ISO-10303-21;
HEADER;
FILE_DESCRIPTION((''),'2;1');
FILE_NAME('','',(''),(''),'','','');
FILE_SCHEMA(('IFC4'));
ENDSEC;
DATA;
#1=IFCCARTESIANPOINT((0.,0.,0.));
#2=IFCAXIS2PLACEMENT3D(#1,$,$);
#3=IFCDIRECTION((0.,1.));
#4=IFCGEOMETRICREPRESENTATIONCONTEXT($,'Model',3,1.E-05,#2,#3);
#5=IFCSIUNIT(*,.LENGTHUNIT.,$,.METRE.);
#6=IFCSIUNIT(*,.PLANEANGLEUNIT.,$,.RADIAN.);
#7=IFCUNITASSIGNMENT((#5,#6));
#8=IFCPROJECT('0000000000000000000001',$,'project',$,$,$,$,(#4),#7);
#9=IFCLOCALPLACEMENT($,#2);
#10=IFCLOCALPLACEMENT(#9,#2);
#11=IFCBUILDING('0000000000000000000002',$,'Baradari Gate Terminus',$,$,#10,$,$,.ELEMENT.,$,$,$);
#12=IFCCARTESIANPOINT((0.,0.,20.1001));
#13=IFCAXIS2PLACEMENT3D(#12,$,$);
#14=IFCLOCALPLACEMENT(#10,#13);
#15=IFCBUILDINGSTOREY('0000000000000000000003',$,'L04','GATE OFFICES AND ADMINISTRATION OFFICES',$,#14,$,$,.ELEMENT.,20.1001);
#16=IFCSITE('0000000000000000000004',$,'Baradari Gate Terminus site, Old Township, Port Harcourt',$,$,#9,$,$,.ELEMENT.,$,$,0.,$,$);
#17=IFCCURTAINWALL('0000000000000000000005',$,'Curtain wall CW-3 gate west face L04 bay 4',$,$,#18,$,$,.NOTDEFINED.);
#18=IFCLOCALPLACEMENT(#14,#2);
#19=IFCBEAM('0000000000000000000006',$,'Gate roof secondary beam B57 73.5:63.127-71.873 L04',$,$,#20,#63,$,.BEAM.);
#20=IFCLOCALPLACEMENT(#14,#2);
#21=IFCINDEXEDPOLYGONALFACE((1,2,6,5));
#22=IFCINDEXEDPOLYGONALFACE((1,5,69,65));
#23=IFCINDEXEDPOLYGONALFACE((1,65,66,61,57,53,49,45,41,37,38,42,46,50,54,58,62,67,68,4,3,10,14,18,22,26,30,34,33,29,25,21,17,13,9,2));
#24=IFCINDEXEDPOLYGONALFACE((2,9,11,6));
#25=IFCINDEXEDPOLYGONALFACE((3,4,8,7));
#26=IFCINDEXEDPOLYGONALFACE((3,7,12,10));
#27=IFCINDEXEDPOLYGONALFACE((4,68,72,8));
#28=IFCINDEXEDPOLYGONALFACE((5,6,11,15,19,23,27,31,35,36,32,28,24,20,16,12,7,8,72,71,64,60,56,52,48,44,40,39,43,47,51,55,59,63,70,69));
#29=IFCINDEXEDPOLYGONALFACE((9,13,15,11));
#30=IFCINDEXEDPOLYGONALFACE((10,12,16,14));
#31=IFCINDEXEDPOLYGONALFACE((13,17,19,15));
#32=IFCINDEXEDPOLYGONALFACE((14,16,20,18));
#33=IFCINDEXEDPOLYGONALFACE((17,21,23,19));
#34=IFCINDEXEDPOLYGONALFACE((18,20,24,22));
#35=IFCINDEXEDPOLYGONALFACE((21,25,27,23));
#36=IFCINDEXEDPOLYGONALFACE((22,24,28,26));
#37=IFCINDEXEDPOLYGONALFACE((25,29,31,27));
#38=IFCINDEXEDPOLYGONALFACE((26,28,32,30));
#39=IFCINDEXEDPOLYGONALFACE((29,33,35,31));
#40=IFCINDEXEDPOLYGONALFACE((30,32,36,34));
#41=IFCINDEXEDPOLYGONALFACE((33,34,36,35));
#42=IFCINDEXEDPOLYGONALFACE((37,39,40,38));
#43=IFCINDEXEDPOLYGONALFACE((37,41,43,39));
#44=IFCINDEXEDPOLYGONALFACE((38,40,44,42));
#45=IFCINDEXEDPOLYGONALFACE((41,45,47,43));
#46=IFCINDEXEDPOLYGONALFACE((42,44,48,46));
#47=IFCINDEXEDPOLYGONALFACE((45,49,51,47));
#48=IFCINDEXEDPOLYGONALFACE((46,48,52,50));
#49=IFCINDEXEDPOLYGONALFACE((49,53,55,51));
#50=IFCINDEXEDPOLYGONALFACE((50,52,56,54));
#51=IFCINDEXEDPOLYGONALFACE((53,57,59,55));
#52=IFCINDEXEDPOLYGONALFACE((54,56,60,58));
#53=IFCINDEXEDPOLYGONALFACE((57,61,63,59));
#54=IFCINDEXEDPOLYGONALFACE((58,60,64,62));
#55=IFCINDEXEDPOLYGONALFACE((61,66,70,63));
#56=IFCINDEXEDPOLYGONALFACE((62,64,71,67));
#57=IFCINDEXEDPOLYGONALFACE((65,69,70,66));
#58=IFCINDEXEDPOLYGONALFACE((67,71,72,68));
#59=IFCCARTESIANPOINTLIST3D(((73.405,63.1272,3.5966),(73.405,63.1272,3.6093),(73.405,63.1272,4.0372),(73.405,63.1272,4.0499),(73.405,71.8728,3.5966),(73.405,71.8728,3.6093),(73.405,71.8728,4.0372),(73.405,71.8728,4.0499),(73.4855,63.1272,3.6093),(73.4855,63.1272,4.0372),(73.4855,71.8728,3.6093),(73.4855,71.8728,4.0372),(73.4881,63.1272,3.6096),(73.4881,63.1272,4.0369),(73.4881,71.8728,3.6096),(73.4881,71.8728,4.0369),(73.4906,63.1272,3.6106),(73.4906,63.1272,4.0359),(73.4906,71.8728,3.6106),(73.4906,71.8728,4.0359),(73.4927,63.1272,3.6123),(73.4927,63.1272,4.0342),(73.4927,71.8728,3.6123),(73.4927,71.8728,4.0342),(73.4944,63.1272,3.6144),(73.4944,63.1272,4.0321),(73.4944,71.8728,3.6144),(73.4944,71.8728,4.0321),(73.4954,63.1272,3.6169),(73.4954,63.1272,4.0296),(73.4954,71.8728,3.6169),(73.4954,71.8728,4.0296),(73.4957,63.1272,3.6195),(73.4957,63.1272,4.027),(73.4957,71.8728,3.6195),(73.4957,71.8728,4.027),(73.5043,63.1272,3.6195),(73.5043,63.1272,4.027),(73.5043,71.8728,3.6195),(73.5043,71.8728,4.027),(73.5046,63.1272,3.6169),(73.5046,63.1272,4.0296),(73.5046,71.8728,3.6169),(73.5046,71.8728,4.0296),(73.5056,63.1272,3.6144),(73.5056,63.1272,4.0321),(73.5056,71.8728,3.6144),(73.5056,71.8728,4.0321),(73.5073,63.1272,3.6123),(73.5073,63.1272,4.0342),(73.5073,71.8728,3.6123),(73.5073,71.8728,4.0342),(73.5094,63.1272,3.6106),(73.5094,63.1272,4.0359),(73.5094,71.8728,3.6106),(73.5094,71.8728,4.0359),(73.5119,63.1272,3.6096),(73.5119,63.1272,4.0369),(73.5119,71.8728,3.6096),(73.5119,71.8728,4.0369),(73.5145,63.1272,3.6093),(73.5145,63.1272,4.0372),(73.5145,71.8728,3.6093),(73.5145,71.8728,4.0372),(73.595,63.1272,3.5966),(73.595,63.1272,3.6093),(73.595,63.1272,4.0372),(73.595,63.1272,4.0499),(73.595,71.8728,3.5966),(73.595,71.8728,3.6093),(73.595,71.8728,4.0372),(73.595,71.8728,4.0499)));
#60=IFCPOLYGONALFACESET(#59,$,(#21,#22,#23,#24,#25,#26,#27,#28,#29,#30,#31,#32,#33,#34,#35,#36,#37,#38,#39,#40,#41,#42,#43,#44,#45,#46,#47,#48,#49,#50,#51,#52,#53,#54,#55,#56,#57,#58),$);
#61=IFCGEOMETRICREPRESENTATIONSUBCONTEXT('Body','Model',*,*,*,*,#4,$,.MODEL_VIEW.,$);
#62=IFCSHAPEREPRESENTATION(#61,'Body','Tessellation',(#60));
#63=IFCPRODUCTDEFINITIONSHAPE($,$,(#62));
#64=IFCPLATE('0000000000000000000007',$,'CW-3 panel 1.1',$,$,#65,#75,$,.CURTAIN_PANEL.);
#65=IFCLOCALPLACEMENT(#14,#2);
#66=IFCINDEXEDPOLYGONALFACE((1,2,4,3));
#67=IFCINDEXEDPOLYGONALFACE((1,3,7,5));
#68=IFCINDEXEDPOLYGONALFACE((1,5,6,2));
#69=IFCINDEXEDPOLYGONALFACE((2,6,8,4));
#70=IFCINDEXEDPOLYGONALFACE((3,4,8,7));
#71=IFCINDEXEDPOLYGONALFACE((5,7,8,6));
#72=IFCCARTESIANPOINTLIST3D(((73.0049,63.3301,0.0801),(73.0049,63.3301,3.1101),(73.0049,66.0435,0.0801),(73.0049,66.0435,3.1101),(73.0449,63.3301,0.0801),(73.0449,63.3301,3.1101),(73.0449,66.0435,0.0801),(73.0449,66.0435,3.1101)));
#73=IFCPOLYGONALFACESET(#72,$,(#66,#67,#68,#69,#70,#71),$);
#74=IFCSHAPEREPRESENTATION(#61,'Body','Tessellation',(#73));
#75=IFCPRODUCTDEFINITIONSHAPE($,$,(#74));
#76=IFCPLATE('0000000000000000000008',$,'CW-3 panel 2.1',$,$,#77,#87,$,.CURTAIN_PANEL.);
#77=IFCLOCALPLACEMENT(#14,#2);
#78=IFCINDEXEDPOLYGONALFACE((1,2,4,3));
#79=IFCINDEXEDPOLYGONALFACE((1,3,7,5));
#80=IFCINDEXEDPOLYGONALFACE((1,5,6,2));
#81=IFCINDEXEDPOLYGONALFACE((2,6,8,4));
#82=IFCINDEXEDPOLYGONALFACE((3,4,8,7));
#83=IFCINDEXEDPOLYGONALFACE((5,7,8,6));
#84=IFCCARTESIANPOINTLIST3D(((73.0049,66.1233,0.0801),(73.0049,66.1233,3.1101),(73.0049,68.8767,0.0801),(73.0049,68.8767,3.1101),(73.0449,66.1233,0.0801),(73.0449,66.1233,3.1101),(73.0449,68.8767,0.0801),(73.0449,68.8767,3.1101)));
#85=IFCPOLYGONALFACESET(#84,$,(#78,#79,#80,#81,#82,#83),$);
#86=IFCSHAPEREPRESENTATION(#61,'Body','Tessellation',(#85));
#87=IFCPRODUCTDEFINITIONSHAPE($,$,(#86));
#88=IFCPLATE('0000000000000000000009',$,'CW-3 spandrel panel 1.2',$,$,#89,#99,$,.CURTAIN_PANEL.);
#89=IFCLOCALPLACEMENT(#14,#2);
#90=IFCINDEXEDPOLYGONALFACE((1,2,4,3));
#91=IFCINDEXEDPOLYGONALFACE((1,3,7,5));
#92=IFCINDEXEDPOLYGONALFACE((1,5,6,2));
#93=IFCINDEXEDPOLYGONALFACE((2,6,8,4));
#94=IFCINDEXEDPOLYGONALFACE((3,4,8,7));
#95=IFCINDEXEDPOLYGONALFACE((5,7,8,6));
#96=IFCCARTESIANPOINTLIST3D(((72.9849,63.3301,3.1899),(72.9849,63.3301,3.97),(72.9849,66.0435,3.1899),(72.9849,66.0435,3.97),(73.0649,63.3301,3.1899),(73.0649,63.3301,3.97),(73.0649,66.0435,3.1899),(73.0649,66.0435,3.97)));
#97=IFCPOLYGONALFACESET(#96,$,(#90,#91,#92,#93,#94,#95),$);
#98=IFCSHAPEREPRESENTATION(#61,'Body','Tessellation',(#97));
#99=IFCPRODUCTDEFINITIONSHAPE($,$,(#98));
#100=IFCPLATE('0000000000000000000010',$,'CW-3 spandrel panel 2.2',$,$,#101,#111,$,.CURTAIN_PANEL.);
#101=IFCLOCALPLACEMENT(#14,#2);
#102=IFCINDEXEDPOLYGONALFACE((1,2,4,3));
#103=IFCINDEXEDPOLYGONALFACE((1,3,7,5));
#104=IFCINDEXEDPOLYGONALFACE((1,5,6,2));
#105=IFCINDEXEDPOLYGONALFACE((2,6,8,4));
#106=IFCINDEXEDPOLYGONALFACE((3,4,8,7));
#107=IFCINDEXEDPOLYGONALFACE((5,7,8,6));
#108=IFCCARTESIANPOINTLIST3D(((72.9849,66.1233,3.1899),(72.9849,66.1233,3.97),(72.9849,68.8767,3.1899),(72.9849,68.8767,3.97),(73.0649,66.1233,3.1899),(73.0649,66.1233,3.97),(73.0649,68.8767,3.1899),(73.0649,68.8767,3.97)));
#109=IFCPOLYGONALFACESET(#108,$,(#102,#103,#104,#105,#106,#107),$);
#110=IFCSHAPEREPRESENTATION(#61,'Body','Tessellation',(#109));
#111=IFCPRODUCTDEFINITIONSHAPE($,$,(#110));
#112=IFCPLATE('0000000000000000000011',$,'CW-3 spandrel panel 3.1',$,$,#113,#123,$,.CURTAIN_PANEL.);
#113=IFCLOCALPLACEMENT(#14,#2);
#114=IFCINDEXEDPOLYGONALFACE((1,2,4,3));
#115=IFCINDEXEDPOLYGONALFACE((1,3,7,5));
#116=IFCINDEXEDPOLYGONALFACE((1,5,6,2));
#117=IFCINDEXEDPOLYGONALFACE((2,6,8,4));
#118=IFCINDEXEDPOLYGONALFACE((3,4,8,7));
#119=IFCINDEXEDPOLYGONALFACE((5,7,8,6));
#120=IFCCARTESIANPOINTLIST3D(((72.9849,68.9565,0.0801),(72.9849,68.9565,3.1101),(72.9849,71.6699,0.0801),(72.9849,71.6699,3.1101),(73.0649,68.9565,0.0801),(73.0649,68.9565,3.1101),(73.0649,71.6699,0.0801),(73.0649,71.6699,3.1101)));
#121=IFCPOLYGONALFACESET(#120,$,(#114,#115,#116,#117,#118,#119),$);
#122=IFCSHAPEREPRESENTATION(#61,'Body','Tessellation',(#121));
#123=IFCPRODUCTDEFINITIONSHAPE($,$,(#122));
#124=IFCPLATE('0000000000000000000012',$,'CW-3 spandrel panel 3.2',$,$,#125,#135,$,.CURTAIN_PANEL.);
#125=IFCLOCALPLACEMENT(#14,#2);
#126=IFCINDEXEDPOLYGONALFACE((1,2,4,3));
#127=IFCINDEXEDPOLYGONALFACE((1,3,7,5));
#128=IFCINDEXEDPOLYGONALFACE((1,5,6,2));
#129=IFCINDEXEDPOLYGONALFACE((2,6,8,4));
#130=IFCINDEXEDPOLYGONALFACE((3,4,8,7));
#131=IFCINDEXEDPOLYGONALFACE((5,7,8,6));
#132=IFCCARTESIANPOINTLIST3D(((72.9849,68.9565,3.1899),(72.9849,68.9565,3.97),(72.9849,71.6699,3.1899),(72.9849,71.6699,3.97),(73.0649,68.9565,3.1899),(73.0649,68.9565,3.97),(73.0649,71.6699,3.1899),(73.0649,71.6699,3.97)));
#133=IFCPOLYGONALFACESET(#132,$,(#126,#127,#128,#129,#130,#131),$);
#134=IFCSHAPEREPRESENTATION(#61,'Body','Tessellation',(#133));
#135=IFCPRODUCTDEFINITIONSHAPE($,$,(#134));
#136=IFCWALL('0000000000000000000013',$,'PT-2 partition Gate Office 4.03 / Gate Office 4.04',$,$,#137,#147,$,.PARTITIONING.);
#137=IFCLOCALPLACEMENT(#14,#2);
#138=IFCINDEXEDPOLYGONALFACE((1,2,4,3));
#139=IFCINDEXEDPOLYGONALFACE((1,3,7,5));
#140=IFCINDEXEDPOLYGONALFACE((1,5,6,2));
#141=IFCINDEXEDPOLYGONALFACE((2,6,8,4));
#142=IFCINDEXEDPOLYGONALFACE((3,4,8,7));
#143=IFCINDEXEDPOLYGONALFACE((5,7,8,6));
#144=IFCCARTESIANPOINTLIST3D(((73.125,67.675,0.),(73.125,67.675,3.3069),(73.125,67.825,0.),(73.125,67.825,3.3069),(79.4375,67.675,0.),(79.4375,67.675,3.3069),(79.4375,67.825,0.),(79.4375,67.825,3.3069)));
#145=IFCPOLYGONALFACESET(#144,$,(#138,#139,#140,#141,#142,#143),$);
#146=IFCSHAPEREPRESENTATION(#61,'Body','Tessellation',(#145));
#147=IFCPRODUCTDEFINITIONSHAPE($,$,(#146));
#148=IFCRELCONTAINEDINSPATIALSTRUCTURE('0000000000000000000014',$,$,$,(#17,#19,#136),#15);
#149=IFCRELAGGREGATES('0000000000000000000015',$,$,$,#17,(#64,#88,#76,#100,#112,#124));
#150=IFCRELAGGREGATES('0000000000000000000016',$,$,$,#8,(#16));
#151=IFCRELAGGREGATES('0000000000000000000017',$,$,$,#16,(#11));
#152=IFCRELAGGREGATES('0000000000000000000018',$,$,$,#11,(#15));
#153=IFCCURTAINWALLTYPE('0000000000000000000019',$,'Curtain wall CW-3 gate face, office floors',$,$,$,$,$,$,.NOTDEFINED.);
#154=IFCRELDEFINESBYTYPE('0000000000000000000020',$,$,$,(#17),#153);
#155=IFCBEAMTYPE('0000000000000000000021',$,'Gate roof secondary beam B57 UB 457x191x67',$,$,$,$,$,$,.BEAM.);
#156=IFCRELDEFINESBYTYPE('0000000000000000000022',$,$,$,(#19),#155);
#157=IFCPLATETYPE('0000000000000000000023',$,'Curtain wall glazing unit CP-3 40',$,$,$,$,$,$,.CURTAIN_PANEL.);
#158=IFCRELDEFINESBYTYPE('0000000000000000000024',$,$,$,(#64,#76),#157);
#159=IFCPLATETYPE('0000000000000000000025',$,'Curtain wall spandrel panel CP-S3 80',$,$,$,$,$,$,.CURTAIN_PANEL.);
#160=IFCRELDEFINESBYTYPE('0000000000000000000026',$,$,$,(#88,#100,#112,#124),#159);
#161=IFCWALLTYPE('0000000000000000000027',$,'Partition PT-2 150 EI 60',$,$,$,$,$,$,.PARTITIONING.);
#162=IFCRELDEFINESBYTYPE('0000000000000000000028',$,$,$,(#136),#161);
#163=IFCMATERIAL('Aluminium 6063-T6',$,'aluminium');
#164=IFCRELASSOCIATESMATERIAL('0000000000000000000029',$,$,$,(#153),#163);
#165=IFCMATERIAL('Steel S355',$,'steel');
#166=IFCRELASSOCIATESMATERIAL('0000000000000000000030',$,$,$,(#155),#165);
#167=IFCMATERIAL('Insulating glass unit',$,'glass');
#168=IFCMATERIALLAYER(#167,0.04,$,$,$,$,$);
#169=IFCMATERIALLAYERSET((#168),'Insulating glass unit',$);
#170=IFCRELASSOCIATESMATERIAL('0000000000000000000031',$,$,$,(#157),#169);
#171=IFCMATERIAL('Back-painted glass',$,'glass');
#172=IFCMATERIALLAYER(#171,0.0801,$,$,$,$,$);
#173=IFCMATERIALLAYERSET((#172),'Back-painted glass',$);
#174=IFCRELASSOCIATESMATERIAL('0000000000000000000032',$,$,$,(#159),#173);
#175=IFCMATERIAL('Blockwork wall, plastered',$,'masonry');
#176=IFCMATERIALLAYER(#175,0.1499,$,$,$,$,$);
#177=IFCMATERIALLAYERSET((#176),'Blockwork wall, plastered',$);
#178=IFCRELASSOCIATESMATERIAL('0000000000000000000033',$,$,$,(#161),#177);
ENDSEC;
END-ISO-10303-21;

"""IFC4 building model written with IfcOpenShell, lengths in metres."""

from ifc_helpers import new_model, si_unit, direction, frame, frame_2d, origin, origin_2d, place, context, subcontext, project, spatial, rectangle, i_section, extrude, material, layer, layer_set, material_profile, profile_set, type_object, element, aggregate, save


model = new_model("IFC4")

# Units and contexts
model_context = context("Model", 3, precision=1e-05, world=origin(), true_north=direction((0.0, 1.0)))
body_context = subcontext(model_context, "Body", "Model", "MODEL_VIEW")
ifc_project = project(units=[si_unit("LENGTHUNIT", "METRE"), si_unit("PLANEANGLEUNIT", "RADIAN")], contexts=[model_context])

# Site, building, storey
site_placement = place(None, origin())
site = spatial("IfcSite", under=ifc_project, at=site_placement, Name="Baradari Gate Terminus site, Old Township, Port Harcourt", CompositionType="ELEMENT", RefElevation=0.0)
building_placement = place(site_placement, origin())
building = spatial("IfcBuilding", under=site, at=building_placement, Name="Baradari Gate Terminus", CompositionType="ELEMENT")
storey_placement = place(building_placement, frame((0.0, 0.0, 20.1001)))
storey = spatial("IfcBuildingStorey", under=building, at=storey_placement, Name="L04", Description="GATE OFFICES AND ADMINISTRATION OFFICES", CompositionType="ELEMENT", Elevation=20.1001)

# Curtain wall
ifc_material_1 = material(Name="Aluminium 6063-T6", Category="aluminium")
curtain_wall_type = type_object("IfcCurtainWallType", Name="Curtain wall CW-3 gate face, office floors", PredefinedType="NOTDEFINED", material=ifc_material_1)
curtain_wall_placement = place(storey_placement, origin())
curtain_wall = element("IfcCurtainWall", 1, at=curtain_wall_placement, inside=storey, type_object=curtain_wall_type, Name="Curtain wall CW-3 gate west face L04 bay 4", PredefinedType="NOTDEFINED")

# Beam
ifc_material_2 = material(Name="Steel S355", Category="steel")
ifc_material_profile_1 = material_profile(ifc_material_2, i_section(OverallWidth=0.1899, OverallDepth=0.4534, WebThickness=0.0085, FlangeThickness=0.0127, FilletRadius=0.0103, at=origin_2d()), Name="UB 457x191x67")
ifc_profile_set_1 = profile_set([ifc_material_profile_1], Name="Steel S355")
beam_type = type_object("IfcBeamType", Name="Gate roof secondary beam B57 UB 457x191x67", PredefinedType="BEAM", material=ifc_profile_set_1)
beam_placement = place(storey_placement, frame((73.5, 63.1272, 3.8232), z_axis=(0.0, 1.0, 0.0), x_axis=(-1.0, 0.0, 0.0)))
element("IfcBeam", 2, at=beam_placement, inside=storey, type_object=beam_type, Name="Gate roof secondary beam B57 73.5:63.127-71.873 L04", PredefinedType="BEAM", context=body_context, shape_type="SweptSolid", body=[
    extrude(i_section(OverallWidth=0.1899, OverallDepth=0.4534, WebThickness=0.0085, FlangeThickness=0.0127, FilletRadius=0.0103, at=origin_2d()), origin(), (0.0, 0.0, 1.0), 8.7456),
])

# Plates
ifc_material_3 = material(Name="Insulating glass unit", Category="glass")
ifc_layer_1 = layer(ifc_material_3, 0.04)
ifc_layer_set_1 = layer_set([ifc_layer_1], Name="Insulating glass unit")
plate_type_1 = type_object("IfcPlateType", Name="Curtain wall glazing unit CP-3 40", PredefinedType="CURTAIN_PANEL", material=ifc_layer_set_1)
plate_1_placement = place(storey_placement, frame((73.0249, 64.6868, 0.0801), z_axis=(0.0, 0.0, 1.0), x_axis=(0.0, 1.0, 0.0)))
plate_1 = element("IfcPlate", 3, at=plate_1_placement, type_object=plate_type_1, Name="CW-3 panel 1.1", PredefinedType="CURTAIN_PANEL", context=body_context, shape_type="SweptSolid", body=[
    extrude(rectangle(XDim=2.7134, YDim=0.04, at=origin_2d()), origin(), (0.0, 0.0, 1.0), 3.03),
])
plate_2_placement = place(storey_placement, frame((73.0249, 67.5, 0.0801), z_axis=(0.0, 0.0, 1.0), x_axis=(0.0, 1.0, 0.0)))
plate_2 = element("IfcPlate", 4, at=plate_2_placement, type_object=plate_type_1, Name="CW-3 panel 2.1", PredefinedType="CURTAIN_PANEL", context=body_context, shape_type="SweptSolid", body=[
    extrude(rectangle(XDim=2.7534, YDim=0.04, at=origin_2d()), origin(), (0.0, 0.0, 1.0), 3.03),
])
ifc_material_4 = material(Name="Back-painted glass", Category="glass")
ifc_layer_2 = layer(ifc_material_4, 0.0801)
ifc_layer_set_2 = layer_set([ifc_layer_2], Name="Back-painted glass")
plate_type_2 = type_object("IfcPlateType", Name="Curtain wall spandrel panel CP-S3 80", PredefinedType="CURTAIN_PANEL", material=ifc_layer_set_2)
plate_3_placement = place(storey_placement, frame((73.0249, 64.6868, 3.1899), z_axis=(0.0, 0.0, 1.0), x_axis=(0.0, 1.0, 0.0)))
plate_3 = element("IfcPlate", 5, at=plate_3_placement, type_object=plate_type_2, Name="CW-3 spandrel panel 1.2", PredefinedType="CURTAIN_PANEL", context=body_context, shape_type="SweptSolid", body=[
    extrude(rectangle(XDim=2.7134, YDim=0.0801, at=origin_2d()), origin(), (0.0, 0.0, 1.0), 0.78),
])
plate_4_placement = place(storey_placement, frame((73.0249, 67.5, 3.1899), z_axis=(0.0, 0.0, 1.0), x_axis=(0.0, 1.0, 0.0)))
plate_4 = element("IfcPlate", 6, at=plate_4_placement, type_object=plate_type_2, Name="CW-3 spandrel panel 2.2", PredefinedType="CURTAIN_PANEL", context=body_context, shape_type="SweptSolid", body=[
    extrude(rectangle(XDim=2.7534, YDim=0.0801, at=origin_2d()), origin(), (0.0, 0.0, 1.0), 0.78),
])
plate_5_placement = place(storey_placement, frame((73.0249, 70.3132, 0.0801), z_axis=(0.0, 0.0, 1.0), x_axis=(0.0, 1.0, 0.0)))
plate_5 = element("IfcPlate", 7, at=plate_5_placement, type_object=plate_type_2, Name="CW-3 spandrel panel 3.1", PredefinedType="CURTAIN_PANEL", context=body_context, shape_type="SweptSolid", body=[
    extrude(rectangle(XDim=2.7134, YDim=0.0801, at=origin_2d()), origin(), (0.0, 0.0, 1.0), 3.03),
])
plate_6_placement = place(storey_placement, frame((73.0249, 70.3132, 3.1899), z_axis=(0.0, 0.0, 1.0), x_axis=(0.0, 1.0, 0.0)))
plate_6 = element("IfcPlate", 8, at=plate_6_placement, type_object=plate_type_2, Name="CW-3 spandrel panel 3.2", PredefinedType="CURTAIN_PANEL", context=body_context, shape_type="SweptSolid", body=[
    extrude(rectangle(XDim=2.7134, YDim=0.0801, at=origin_2d()), origin(), (0.0, 0.0, 1.0), 0.78),
])
aggregate(curtain_wall, [plate_1, plate_3, plate_2, plate_4, plate_5, plate_6])

# Wall
ifc_material_5 = material(Name="Blockwork wall, plastered", Category="masonry")
ifc_layer_3 = layer(ifc_material_5, 0.1499)
ifc_layer_set_3 = layer_set([ifc_layer_3], Name="Blockwork wall, plastered")
wall_type = type_object("IfcWallType", Name="Partition PT-2 150 EI 60", PredefinedType="PARTITIONING", material=ifc_layer_set_3)
wall_placement = place(storey_placement, frame((73.125, 67.75, 0.0), z_axis=(0.0, 0.0, 1.0), x_axis=(1.0, 0.0, 0.0)))
element("IfcWall", 9, at=wall_placement, inside=storey, type_object=wall_type, Name="PT-2 partition Gate Office 4.03 / Gate Office 4.04", PredefinedType="PARTITIONING", context=body_context, shape_type="SweptSolid", body=[
    extrude(rectangle(XDim=6.3125, YDim=0.1499, at=frame_2d((3.1562, 0.0))), origin(), (0.0, 0.0, 1.0), 3.3069),
])

save(model, "model.ifc")
